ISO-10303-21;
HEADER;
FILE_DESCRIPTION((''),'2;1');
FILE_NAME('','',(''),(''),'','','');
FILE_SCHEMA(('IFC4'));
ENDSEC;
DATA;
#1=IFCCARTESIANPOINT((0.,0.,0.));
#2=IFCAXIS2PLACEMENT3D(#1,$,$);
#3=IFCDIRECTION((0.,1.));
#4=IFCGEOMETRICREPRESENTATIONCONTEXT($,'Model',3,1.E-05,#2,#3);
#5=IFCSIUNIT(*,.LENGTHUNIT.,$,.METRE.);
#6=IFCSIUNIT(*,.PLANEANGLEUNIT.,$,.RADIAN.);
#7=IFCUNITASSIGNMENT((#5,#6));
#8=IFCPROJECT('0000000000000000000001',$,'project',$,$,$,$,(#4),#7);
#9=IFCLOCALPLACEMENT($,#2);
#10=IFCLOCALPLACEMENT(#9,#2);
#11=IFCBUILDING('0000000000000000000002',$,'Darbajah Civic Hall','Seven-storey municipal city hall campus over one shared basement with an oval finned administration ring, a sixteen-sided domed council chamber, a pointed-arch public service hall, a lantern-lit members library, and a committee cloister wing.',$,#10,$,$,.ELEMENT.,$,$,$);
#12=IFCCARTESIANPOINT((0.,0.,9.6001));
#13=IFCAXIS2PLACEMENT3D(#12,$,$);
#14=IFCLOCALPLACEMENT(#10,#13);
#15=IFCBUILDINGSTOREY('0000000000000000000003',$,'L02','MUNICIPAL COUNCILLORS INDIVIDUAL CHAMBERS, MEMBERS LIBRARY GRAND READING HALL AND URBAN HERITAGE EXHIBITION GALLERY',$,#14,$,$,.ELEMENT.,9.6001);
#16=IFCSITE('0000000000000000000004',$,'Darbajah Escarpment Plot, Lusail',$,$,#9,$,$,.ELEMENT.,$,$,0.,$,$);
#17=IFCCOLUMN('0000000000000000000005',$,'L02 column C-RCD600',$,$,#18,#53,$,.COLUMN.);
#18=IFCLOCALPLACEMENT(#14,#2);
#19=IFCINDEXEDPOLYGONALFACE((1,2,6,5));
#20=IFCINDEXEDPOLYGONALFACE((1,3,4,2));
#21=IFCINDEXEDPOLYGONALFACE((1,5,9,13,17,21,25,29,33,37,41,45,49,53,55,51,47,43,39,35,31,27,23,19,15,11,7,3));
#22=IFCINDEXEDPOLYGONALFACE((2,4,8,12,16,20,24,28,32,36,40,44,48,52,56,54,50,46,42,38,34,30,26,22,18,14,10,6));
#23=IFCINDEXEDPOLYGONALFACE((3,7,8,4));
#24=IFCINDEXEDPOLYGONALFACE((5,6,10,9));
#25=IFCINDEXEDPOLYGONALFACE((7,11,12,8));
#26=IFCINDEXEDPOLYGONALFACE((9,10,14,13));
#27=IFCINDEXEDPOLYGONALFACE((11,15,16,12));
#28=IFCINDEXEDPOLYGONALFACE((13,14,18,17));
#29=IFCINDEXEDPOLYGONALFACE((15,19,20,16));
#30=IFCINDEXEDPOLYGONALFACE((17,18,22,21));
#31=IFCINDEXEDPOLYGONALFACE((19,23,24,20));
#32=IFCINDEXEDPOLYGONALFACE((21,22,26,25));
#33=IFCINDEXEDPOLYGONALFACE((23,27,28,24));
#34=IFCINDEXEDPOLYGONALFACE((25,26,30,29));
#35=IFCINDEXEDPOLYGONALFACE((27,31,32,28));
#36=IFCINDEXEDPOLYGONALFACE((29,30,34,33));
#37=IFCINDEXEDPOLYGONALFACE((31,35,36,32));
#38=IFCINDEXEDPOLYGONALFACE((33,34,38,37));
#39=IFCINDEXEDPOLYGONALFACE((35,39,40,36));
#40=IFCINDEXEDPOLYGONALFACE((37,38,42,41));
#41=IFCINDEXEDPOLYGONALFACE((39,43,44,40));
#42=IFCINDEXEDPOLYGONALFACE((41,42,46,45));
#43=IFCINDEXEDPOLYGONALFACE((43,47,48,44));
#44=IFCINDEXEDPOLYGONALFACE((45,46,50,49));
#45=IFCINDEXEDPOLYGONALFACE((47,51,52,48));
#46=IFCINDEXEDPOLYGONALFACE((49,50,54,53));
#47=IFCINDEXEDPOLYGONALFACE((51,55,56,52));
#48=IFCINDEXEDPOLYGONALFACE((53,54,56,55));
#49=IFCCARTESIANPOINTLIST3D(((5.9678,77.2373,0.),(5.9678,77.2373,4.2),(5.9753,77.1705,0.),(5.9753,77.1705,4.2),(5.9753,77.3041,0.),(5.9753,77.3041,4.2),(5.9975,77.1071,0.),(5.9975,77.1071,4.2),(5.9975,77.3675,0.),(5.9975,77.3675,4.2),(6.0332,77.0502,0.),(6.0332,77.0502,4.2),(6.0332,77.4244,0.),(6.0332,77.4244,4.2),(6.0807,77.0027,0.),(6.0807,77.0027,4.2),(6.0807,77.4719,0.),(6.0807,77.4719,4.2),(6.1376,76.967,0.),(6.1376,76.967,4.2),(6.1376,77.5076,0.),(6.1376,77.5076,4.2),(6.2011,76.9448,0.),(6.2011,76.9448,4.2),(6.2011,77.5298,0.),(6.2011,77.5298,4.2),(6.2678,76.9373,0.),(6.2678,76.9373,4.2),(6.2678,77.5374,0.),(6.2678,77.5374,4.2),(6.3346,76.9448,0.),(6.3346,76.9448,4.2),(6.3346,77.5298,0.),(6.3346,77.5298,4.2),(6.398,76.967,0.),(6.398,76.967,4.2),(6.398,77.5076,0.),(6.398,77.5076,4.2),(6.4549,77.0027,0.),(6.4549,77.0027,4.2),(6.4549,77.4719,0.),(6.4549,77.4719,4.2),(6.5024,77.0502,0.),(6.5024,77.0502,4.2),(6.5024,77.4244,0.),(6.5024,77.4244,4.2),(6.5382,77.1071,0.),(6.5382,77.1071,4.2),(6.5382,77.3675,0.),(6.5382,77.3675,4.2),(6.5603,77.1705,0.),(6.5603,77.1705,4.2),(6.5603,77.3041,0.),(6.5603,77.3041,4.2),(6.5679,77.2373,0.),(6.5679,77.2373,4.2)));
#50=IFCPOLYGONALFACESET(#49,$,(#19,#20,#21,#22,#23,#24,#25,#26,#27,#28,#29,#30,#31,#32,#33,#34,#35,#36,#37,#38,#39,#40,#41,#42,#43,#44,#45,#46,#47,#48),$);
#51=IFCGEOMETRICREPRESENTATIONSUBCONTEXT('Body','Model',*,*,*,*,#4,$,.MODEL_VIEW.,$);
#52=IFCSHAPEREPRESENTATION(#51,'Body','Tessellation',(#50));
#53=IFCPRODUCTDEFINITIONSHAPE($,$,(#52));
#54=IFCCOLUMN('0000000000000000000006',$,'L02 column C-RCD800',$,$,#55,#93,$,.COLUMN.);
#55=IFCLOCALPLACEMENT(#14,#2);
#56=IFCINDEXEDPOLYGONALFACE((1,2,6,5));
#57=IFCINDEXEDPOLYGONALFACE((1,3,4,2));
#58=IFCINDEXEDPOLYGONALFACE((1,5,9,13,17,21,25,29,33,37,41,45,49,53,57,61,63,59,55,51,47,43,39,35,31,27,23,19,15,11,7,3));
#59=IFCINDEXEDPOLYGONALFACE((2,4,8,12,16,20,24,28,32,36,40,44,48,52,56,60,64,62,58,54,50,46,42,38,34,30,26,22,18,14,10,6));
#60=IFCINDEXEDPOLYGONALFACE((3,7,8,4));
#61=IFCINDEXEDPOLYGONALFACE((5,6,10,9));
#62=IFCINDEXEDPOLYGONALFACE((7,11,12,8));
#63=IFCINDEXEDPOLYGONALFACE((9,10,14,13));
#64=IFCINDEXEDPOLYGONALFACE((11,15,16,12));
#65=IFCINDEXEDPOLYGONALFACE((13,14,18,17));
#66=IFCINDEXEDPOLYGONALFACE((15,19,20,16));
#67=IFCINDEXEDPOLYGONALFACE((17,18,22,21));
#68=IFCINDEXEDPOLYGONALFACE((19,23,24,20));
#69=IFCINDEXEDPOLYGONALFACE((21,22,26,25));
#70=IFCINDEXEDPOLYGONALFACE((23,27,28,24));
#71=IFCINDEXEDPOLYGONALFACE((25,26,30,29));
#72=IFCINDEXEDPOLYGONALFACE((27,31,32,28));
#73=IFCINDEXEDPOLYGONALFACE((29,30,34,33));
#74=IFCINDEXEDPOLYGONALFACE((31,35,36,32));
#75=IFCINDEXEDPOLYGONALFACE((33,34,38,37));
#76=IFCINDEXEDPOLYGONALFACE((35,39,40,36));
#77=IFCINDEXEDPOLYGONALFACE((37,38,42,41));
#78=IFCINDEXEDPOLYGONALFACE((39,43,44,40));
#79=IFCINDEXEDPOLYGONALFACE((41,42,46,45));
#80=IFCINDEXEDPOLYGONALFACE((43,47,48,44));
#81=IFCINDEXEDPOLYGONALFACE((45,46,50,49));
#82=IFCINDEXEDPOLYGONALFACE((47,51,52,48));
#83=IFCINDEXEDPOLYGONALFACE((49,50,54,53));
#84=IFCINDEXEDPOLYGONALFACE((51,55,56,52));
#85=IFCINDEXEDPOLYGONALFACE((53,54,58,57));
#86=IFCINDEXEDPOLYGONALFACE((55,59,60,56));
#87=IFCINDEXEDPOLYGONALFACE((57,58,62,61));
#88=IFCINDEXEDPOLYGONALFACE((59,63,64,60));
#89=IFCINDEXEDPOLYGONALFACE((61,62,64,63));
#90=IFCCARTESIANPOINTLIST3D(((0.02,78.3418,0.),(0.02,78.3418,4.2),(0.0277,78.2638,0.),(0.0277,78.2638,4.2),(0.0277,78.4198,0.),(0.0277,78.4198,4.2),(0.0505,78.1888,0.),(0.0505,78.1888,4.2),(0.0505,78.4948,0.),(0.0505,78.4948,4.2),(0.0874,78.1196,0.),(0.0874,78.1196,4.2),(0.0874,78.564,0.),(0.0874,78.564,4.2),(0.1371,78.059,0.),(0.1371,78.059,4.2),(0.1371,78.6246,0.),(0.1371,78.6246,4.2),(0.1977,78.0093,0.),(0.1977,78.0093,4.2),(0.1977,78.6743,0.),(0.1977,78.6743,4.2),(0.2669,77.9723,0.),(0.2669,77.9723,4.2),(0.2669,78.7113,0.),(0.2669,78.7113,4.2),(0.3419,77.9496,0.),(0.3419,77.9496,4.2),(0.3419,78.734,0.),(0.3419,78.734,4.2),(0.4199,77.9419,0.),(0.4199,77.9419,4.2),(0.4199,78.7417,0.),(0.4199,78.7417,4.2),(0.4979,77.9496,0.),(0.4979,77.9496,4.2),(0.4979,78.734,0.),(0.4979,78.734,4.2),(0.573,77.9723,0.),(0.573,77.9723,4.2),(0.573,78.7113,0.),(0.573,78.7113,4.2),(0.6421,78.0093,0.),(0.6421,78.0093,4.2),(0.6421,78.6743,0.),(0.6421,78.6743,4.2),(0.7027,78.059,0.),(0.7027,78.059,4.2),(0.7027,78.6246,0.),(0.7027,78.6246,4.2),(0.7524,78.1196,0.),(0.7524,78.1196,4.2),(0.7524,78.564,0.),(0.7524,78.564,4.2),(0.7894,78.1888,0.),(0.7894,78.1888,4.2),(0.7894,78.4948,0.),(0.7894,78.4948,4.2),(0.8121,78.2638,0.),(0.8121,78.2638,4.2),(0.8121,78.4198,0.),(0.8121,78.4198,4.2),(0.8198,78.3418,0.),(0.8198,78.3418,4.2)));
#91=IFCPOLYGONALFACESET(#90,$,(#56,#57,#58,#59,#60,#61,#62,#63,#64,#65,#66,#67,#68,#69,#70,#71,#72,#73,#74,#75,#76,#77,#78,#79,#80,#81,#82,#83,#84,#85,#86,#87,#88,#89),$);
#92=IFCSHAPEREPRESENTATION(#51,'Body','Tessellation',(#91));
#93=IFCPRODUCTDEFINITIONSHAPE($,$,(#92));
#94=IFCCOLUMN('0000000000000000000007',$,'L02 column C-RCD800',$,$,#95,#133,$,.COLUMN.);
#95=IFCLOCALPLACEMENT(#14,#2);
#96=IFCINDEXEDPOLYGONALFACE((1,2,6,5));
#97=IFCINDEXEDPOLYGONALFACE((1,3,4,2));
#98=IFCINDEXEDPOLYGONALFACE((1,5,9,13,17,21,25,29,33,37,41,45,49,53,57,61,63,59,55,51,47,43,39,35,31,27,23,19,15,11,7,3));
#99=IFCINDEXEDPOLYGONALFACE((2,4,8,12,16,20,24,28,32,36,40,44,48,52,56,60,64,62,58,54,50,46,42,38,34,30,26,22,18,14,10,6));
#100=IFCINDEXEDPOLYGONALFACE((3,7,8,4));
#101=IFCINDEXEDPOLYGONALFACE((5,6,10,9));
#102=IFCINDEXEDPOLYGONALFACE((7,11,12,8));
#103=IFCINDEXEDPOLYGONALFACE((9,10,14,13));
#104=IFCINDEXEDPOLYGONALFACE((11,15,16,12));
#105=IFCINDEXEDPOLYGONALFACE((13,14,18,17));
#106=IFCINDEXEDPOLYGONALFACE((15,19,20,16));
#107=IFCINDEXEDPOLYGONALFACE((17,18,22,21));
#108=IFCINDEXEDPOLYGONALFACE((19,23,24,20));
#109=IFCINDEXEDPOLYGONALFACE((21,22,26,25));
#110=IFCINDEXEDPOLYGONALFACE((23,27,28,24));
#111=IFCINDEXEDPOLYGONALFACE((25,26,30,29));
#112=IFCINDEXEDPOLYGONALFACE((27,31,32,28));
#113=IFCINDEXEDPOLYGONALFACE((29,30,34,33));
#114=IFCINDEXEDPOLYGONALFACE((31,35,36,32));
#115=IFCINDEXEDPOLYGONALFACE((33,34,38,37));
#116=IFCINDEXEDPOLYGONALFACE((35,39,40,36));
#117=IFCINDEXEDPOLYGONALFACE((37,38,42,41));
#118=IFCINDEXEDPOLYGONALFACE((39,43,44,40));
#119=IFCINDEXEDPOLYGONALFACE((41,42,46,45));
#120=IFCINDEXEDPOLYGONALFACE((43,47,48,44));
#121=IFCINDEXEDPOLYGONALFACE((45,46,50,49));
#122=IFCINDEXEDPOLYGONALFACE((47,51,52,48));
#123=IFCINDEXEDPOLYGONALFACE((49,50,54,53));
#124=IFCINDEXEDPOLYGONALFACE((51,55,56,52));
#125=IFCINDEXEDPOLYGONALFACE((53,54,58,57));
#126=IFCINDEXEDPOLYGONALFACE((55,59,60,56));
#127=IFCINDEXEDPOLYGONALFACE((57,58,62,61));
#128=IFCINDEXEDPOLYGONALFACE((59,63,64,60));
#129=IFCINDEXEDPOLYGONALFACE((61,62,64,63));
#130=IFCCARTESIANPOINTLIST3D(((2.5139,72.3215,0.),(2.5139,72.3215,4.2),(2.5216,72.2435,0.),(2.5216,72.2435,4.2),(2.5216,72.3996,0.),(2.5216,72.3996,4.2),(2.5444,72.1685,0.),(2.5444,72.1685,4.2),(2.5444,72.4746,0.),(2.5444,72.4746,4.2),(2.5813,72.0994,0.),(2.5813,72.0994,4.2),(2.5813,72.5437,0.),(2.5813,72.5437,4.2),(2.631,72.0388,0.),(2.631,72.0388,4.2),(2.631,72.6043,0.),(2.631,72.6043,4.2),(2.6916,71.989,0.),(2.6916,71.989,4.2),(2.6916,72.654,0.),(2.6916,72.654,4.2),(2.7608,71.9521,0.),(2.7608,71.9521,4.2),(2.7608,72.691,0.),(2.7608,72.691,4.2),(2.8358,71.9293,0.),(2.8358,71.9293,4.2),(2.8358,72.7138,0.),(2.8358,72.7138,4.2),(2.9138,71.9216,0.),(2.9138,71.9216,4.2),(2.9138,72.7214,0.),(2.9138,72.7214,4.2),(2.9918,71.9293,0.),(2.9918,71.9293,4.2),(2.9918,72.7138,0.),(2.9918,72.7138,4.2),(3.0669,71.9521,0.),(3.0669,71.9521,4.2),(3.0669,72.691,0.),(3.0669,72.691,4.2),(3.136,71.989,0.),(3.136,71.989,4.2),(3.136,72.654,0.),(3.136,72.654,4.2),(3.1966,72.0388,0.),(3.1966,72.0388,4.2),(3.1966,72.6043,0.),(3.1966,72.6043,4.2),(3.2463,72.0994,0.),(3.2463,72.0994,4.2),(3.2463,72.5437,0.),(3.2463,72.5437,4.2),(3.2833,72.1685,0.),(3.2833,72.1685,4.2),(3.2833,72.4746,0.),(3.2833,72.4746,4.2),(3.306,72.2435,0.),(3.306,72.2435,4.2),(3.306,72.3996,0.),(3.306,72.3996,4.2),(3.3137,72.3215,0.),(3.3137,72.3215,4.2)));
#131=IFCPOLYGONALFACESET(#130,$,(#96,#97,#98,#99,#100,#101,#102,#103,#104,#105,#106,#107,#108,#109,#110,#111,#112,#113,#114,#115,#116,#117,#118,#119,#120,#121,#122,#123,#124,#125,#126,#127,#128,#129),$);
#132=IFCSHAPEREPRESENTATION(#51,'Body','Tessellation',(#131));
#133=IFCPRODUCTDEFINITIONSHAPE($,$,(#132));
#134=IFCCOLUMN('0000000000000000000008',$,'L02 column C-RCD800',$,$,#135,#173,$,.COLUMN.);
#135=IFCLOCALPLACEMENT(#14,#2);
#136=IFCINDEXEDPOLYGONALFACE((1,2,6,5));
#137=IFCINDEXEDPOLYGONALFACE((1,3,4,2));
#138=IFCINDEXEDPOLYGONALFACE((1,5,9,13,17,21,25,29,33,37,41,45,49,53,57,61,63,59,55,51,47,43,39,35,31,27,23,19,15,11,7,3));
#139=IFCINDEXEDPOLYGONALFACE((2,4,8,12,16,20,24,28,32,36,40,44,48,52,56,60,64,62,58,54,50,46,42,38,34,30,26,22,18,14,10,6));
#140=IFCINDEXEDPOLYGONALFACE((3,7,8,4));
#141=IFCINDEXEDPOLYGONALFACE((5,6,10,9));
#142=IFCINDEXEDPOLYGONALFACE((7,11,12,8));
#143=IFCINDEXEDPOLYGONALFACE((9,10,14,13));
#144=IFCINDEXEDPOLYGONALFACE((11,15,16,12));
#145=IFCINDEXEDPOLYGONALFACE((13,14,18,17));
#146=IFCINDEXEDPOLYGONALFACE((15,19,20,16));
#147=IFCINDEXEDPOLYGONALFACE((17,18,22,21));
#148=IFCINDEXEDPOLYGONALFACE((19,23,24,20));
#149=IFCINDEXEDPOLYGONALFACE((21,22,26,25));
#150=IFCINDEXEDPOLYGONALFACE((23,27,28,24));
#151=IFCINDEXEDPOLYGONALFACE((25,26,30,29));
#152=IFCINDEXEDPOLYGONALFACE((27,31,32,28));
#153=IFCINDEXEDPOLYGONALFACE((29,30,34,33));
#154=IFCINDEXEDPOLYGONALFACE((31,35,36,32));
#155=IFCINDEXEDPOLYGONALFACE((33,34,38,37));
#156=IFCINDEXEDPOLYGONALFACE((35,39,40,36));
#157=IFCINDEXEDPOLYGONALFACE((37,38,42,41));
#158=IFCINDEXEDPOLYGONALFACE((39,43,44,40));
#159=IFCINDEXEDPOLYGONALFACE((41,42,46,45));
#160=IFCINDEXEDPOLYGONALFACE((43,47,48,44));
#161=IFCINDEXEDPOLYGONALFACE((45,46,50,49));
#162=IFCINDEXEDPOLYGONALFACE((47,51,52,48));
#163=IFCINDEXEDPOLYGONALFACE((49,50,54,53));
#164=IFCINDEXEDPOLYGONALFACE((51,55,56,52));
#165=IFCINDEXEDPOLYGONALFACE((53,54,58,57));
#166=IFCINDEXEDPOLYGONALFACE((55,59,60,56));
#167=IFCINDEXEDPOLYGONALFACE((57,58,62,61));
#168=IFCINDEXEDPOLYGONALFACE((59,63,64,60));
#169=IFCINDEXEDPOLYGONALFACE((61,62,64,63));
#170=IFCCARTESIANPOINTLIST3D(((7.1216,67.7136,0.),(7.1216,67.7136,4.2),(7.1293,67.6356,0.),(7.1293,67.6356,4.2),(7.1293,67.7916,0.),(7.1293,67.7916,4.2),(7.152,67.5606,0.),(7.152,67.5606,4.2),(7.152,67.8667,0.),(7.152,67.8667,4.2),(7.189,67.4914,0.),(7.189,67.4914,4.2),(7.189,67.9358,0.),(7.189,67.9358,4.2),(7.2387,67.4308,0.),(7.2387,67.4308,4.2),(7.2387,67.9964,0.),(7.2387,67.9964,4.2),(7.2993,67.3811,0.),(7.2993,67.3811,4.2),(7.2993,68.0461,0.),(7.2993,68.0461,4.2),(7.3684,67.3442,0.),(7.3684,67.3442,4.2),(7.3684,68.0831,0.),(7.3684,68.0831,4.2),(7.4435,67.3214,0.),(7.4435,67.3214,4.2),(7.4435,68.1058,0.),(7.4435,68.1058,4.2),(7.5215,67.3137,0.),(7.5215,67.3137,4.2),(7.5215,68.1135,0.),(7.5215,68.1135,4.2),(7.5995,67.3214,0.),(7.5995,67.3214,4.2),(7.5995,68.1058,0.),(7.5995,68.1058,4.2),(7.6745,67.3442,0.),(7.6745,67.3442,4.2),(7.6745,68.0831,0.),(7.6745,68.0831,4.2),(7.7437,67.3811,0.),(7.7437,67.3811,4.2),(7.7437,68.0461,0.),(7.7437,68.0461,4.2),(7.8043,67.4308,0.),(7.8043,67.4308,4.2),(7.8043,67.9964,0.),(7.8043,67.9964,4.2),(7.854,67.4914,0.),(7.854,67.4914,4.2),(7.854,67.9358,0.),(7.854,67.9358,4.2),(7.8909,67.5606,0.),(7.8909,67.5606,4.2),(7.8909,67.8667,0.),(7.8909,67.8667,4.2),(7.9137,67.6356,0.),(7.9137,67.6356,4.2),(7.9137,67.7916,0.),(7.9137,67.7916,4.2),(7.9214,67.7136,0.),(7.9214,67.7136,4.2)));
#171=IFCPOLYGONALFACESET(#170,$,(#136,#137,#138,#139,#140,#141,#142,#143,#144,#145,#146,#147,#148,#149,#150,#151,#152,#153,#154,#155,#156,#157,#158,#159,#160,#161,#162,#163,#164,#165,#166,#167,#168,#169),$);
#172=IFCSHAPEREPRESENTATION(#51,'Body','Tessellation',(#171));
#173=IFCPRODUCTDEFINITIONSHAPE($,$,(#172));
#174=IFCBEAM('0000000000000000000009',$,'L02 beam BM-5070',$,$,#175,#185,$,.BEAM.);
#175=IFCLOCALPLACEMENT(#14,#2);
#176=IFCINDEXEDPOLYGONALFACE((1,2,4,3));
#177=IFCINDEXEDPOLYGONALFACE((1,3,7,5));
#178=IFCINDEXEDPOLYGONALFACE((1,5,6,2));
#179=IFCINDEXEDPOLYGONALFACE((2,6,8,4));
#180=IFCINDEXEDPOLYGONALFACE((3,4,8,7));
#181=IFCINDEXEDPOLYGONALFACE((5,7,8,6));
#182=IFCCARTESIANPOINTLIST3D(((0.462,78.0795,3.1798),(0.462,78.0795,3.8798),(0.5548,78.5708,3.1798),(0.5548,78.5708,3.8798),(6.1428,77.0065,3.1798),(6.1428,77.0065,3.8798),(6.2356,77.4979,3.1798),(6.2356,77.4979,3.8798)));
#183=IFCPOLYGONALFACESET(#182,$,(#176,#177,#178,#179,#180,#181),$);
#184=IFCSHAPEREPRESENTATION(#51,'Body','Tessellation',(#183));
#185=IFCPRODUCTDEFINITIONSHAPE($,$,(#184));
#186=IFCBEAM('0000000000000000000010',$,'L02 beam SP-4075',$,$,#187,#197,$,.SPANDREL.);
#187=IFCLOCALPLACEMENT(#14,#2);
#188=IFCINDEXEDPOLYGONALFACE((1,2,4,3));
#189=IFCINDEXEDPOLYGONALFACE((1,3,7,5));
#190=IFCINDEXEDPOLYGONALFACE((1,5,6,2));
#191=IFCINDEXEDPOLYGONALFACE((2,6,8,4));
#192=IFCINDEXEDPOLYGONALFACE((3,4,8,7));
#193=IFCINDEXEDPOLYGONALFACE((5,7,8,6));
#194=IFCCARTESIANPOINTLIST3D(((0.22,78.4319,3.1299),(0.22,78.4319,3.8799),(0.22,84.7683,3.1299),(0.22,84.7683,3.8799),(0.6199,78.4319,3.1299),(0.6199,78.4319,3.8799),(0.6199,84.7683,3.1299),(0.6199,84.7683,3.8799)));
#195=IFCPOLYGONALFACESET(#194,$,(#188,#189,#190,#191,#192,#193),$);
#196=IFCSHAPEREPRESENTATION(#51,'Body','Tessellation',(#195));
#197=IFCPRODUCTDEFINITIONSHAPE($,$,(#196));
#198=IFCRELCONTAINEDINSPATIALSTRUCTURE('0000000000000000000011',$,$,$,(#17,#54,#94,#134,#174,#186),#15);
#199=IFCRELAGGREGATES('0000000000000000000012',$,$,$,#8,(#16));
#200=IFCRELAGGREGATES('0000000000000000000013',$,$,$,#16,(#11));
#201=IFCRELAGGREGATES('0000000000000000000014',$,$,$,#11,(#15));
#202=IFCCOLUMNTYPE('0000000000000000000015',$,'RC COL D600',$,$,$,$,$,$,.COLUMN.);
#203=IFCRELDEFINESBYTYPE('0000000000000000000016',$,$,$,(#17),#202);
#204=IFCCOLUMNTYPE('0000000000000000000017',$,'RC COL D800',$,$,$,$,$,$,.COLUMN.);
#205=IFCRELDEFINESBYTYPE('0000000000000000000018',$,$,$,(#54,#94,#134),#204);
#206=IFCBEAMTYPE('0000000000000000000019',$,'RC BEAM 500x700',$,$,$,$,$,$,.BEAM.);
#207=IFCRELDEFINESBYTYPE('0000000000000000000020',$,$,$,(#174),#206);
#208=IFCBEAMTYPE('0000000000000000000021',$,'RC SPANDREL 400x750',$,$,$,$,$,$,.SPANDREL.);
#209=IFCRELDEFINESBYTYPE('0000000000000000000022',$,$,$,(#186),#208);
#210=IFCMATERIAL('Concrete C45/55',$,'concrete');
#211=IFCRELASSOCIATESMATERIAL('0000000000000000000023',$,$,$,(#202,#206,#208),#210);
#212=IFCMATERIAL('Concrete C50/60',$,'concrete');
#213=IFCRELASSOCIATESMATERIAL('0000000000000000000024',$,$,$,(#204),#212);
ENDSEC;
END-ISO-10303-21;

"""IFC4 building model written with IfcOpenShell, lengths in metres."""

from ifc_helpers import new_model, si_unit, direction, frame, origin, origin_2d, place, context, subcontext, project, spatial, rectangle, circle, extrude, material, material_profile, profile_set, type_object, element, save


model = new_model("IFC4")

# Units and contexts
model_context = context("Model", 3, precision=1e-05, world=origin(), true_north=direction((0.0, 1.0)))
body_context = subcontext(model_context, "Body", "Model", "MODEL_VIEW")
ifc_project = project(units=[si_unit("LENGTHUNIT", "METRE"), si_unit("PLANEANGLEUNIT", "RADIAN")], contexts=[model_context])

# Site, building, storey
site_placement = place(None, origin())
site = spatial("IfcSite", under=ifc_project, at=site_placement, Name="Darbajah Escarpment Plot, Lusail", CompositionType="ELEMENT", RefElevation=0.0)
building_placement = place(site_placement, origin())
building = spatial("IfcBuilding", under=site, at=building_placement, Name="Darbajah Civic Hall", Description="Seven-storey municipal city hall campus over one shared basement with an oval finned administration ring, a sixteen-sided domed council chamber, a pointed-arch public service hall, a lantern-lit members library, and a committee cloister wing.", CompositionType="ELEMENT")
storey_placement = place(building_placement, frame((0.0, 0.0, 9.6001)))
storey = spatial("IfcBuildingStorey", under=building, at=storey_placement, Name="L02", Description="MUNICIPAL COUNCILLORS INDIVIDUAL CHAMBERS, MEMBERS LIBRARY GRAND READING HALL AND URBAN HERITAGE EXHIBITION GALLERY", CompositionType="ELEMENT", Elevation=9.6001)

# Columns
ifc_material_1 = material(Name="Concrete C45/55", Category="concrete")
ifc_material_profile_1 = material_profile(ifc_material_1, circle(Radius=0.3, at=origin_2d()), Name="RC COL D600")
ifc_profile_set_1 = profile_set([ifc_material_profile_1], Name="Concrete C45/55")
column_type_1 = type_object("IfcColumnType", Name="RC COL D600", PredefinedType="COLUMN", material=ifc_profile_set_1)
column_placement = place(storey_placement, frame((6.2678, 77.2373, 0.0), z_axis=(0.0, 0.0, 1.0), x_axis=(1.0, 0.0, 0.0)))
element("IfcColumn", 1, at=column_placement, inside=storey, type_object=column_type_1, Name="L02 column C-RCD600", PredefinedType="COLUMN", context=body_context, shape_type="SweptSolid", body=[
    extrude(circle(Radius=0.3, at=origin_2d()), origin(), (0.0, 0.0, 1.0), 4.2),
])
ifc_material_2 = material(Name="Concrete C50/60", Category="concrete")
ifc_material_profile_2 = material_profile(ifc_material_2, circle(Radius=0.3999, at=origin_2d()), Name="RC COL D800")
ifc_profile_set_2 = profile_set([ifc_material_profile_2], Name="Concrete C50/60")
column_type_2 = type_object("IfcColumnType", Name="RC COL D800", PredefinedType="COLUMN", material=ifc_profile_set_2)
for number, where, z_axis, x_axis, name in (
    (2, (0.4199, 78.3418, 0.0), (0.0, 0.0, 1.0), (1.0, 0.0, 0.0), "L02 column C-RCD800"),
    (3, (2.9138, 72.3215, 0.0), (0.0, 0.0, 1.0), (1.0, 0.0, 0.0), "L02 column C-RCD800"),
    (4, (7.5215, 67.7136, 0.0), (0.0, 0.0, 1.0), (1.0, 0.0, 0.0), "L02 column C-RCD800"),
):
    element("IfcColumn", number, at=place(storey_placement, frame(where, z_axis=z_axis, x_axis=x_axis)), inside=storey, type_object=column_type_2, Name=name, PredefinedType="COLUMN", context=body_context, shape_type="SweptSolid", body=[
        extrude(circle(Radius=0.3999, at=origin_2d()), origin(), (0.0, 0.0, 1.0), 4.2),
    ])

# Beams
ifc_material_profile_3 = material_profile(ifc_material_1, rectangle(XDim=0.5, YDim=0.7, at=origin_2d()), Name="RC BEAM 500x700")
ifc_profile_set_3 = profile_set([ifc_material_profile_3], Name="Concrete C45/55")
beam_type_1 = type_object("IfcBeamType", Name="RC BEAM 500x700", PredefinedType="BEAM", material=ifc_profile_set_3)
beam_1_placement = place(storey_placement, frame((6.1892, 77.2522, 3.5298), z_axis=(-0.982626, 0.185596, 0.0), x_axis=(-0.185596, -0.982626, 0.0)))
element("IfcBeam", 5, at=beam_1_placement, inside=storey, type_object=beam_type_1, Name="L02 beam BM-5070", PredefinedType="BEAM", context=body_context, shape_type="SweptSolid", body=[
    extrude(rectangle(XDim=0.5, YDim=0.7, at=origin_2d()), origin(), (0.0, 0.0, 1.0), 5.7812),
])
ifc_material_profile_4 = material_profile(ifc_material_1, rectangle(XDim=0.3999, YDim=0.75, at=origin_2d()), Name="RC SPANDREL 400x750")
ifc_profile_set_4 = profile_set([ifc_material_profile_4], Name="Concrete C45/55")
beam_type_2 = type_object("IfcBeamType", Name="RC SPANDREL 400x750", PredefinedType="SPANDREL", material=ifc_profile_set_4)
beam_2_placement = place(storey_placement, frame((0.4199, 84.7683, 3.5049), z_axis=(0.0, -1.0, 0.0), x_axis=(1.0, 0.0, 0.0)))
element("IfcBeam", 6, at=beam_2_placement, inside=storey, type_object=beam_type_2, Name="L02 beam SP-4075", PredefinedType="SPANDREL", context=body_context, shape_type="SweptSolid", body=[
    extrude(rectangle(XDim=0.3999, YDim=0.75, at=origin_2d()), origin(), (0.0, 0.0, 1.0), 6.3364),
])

save(model, "model.ifc")
